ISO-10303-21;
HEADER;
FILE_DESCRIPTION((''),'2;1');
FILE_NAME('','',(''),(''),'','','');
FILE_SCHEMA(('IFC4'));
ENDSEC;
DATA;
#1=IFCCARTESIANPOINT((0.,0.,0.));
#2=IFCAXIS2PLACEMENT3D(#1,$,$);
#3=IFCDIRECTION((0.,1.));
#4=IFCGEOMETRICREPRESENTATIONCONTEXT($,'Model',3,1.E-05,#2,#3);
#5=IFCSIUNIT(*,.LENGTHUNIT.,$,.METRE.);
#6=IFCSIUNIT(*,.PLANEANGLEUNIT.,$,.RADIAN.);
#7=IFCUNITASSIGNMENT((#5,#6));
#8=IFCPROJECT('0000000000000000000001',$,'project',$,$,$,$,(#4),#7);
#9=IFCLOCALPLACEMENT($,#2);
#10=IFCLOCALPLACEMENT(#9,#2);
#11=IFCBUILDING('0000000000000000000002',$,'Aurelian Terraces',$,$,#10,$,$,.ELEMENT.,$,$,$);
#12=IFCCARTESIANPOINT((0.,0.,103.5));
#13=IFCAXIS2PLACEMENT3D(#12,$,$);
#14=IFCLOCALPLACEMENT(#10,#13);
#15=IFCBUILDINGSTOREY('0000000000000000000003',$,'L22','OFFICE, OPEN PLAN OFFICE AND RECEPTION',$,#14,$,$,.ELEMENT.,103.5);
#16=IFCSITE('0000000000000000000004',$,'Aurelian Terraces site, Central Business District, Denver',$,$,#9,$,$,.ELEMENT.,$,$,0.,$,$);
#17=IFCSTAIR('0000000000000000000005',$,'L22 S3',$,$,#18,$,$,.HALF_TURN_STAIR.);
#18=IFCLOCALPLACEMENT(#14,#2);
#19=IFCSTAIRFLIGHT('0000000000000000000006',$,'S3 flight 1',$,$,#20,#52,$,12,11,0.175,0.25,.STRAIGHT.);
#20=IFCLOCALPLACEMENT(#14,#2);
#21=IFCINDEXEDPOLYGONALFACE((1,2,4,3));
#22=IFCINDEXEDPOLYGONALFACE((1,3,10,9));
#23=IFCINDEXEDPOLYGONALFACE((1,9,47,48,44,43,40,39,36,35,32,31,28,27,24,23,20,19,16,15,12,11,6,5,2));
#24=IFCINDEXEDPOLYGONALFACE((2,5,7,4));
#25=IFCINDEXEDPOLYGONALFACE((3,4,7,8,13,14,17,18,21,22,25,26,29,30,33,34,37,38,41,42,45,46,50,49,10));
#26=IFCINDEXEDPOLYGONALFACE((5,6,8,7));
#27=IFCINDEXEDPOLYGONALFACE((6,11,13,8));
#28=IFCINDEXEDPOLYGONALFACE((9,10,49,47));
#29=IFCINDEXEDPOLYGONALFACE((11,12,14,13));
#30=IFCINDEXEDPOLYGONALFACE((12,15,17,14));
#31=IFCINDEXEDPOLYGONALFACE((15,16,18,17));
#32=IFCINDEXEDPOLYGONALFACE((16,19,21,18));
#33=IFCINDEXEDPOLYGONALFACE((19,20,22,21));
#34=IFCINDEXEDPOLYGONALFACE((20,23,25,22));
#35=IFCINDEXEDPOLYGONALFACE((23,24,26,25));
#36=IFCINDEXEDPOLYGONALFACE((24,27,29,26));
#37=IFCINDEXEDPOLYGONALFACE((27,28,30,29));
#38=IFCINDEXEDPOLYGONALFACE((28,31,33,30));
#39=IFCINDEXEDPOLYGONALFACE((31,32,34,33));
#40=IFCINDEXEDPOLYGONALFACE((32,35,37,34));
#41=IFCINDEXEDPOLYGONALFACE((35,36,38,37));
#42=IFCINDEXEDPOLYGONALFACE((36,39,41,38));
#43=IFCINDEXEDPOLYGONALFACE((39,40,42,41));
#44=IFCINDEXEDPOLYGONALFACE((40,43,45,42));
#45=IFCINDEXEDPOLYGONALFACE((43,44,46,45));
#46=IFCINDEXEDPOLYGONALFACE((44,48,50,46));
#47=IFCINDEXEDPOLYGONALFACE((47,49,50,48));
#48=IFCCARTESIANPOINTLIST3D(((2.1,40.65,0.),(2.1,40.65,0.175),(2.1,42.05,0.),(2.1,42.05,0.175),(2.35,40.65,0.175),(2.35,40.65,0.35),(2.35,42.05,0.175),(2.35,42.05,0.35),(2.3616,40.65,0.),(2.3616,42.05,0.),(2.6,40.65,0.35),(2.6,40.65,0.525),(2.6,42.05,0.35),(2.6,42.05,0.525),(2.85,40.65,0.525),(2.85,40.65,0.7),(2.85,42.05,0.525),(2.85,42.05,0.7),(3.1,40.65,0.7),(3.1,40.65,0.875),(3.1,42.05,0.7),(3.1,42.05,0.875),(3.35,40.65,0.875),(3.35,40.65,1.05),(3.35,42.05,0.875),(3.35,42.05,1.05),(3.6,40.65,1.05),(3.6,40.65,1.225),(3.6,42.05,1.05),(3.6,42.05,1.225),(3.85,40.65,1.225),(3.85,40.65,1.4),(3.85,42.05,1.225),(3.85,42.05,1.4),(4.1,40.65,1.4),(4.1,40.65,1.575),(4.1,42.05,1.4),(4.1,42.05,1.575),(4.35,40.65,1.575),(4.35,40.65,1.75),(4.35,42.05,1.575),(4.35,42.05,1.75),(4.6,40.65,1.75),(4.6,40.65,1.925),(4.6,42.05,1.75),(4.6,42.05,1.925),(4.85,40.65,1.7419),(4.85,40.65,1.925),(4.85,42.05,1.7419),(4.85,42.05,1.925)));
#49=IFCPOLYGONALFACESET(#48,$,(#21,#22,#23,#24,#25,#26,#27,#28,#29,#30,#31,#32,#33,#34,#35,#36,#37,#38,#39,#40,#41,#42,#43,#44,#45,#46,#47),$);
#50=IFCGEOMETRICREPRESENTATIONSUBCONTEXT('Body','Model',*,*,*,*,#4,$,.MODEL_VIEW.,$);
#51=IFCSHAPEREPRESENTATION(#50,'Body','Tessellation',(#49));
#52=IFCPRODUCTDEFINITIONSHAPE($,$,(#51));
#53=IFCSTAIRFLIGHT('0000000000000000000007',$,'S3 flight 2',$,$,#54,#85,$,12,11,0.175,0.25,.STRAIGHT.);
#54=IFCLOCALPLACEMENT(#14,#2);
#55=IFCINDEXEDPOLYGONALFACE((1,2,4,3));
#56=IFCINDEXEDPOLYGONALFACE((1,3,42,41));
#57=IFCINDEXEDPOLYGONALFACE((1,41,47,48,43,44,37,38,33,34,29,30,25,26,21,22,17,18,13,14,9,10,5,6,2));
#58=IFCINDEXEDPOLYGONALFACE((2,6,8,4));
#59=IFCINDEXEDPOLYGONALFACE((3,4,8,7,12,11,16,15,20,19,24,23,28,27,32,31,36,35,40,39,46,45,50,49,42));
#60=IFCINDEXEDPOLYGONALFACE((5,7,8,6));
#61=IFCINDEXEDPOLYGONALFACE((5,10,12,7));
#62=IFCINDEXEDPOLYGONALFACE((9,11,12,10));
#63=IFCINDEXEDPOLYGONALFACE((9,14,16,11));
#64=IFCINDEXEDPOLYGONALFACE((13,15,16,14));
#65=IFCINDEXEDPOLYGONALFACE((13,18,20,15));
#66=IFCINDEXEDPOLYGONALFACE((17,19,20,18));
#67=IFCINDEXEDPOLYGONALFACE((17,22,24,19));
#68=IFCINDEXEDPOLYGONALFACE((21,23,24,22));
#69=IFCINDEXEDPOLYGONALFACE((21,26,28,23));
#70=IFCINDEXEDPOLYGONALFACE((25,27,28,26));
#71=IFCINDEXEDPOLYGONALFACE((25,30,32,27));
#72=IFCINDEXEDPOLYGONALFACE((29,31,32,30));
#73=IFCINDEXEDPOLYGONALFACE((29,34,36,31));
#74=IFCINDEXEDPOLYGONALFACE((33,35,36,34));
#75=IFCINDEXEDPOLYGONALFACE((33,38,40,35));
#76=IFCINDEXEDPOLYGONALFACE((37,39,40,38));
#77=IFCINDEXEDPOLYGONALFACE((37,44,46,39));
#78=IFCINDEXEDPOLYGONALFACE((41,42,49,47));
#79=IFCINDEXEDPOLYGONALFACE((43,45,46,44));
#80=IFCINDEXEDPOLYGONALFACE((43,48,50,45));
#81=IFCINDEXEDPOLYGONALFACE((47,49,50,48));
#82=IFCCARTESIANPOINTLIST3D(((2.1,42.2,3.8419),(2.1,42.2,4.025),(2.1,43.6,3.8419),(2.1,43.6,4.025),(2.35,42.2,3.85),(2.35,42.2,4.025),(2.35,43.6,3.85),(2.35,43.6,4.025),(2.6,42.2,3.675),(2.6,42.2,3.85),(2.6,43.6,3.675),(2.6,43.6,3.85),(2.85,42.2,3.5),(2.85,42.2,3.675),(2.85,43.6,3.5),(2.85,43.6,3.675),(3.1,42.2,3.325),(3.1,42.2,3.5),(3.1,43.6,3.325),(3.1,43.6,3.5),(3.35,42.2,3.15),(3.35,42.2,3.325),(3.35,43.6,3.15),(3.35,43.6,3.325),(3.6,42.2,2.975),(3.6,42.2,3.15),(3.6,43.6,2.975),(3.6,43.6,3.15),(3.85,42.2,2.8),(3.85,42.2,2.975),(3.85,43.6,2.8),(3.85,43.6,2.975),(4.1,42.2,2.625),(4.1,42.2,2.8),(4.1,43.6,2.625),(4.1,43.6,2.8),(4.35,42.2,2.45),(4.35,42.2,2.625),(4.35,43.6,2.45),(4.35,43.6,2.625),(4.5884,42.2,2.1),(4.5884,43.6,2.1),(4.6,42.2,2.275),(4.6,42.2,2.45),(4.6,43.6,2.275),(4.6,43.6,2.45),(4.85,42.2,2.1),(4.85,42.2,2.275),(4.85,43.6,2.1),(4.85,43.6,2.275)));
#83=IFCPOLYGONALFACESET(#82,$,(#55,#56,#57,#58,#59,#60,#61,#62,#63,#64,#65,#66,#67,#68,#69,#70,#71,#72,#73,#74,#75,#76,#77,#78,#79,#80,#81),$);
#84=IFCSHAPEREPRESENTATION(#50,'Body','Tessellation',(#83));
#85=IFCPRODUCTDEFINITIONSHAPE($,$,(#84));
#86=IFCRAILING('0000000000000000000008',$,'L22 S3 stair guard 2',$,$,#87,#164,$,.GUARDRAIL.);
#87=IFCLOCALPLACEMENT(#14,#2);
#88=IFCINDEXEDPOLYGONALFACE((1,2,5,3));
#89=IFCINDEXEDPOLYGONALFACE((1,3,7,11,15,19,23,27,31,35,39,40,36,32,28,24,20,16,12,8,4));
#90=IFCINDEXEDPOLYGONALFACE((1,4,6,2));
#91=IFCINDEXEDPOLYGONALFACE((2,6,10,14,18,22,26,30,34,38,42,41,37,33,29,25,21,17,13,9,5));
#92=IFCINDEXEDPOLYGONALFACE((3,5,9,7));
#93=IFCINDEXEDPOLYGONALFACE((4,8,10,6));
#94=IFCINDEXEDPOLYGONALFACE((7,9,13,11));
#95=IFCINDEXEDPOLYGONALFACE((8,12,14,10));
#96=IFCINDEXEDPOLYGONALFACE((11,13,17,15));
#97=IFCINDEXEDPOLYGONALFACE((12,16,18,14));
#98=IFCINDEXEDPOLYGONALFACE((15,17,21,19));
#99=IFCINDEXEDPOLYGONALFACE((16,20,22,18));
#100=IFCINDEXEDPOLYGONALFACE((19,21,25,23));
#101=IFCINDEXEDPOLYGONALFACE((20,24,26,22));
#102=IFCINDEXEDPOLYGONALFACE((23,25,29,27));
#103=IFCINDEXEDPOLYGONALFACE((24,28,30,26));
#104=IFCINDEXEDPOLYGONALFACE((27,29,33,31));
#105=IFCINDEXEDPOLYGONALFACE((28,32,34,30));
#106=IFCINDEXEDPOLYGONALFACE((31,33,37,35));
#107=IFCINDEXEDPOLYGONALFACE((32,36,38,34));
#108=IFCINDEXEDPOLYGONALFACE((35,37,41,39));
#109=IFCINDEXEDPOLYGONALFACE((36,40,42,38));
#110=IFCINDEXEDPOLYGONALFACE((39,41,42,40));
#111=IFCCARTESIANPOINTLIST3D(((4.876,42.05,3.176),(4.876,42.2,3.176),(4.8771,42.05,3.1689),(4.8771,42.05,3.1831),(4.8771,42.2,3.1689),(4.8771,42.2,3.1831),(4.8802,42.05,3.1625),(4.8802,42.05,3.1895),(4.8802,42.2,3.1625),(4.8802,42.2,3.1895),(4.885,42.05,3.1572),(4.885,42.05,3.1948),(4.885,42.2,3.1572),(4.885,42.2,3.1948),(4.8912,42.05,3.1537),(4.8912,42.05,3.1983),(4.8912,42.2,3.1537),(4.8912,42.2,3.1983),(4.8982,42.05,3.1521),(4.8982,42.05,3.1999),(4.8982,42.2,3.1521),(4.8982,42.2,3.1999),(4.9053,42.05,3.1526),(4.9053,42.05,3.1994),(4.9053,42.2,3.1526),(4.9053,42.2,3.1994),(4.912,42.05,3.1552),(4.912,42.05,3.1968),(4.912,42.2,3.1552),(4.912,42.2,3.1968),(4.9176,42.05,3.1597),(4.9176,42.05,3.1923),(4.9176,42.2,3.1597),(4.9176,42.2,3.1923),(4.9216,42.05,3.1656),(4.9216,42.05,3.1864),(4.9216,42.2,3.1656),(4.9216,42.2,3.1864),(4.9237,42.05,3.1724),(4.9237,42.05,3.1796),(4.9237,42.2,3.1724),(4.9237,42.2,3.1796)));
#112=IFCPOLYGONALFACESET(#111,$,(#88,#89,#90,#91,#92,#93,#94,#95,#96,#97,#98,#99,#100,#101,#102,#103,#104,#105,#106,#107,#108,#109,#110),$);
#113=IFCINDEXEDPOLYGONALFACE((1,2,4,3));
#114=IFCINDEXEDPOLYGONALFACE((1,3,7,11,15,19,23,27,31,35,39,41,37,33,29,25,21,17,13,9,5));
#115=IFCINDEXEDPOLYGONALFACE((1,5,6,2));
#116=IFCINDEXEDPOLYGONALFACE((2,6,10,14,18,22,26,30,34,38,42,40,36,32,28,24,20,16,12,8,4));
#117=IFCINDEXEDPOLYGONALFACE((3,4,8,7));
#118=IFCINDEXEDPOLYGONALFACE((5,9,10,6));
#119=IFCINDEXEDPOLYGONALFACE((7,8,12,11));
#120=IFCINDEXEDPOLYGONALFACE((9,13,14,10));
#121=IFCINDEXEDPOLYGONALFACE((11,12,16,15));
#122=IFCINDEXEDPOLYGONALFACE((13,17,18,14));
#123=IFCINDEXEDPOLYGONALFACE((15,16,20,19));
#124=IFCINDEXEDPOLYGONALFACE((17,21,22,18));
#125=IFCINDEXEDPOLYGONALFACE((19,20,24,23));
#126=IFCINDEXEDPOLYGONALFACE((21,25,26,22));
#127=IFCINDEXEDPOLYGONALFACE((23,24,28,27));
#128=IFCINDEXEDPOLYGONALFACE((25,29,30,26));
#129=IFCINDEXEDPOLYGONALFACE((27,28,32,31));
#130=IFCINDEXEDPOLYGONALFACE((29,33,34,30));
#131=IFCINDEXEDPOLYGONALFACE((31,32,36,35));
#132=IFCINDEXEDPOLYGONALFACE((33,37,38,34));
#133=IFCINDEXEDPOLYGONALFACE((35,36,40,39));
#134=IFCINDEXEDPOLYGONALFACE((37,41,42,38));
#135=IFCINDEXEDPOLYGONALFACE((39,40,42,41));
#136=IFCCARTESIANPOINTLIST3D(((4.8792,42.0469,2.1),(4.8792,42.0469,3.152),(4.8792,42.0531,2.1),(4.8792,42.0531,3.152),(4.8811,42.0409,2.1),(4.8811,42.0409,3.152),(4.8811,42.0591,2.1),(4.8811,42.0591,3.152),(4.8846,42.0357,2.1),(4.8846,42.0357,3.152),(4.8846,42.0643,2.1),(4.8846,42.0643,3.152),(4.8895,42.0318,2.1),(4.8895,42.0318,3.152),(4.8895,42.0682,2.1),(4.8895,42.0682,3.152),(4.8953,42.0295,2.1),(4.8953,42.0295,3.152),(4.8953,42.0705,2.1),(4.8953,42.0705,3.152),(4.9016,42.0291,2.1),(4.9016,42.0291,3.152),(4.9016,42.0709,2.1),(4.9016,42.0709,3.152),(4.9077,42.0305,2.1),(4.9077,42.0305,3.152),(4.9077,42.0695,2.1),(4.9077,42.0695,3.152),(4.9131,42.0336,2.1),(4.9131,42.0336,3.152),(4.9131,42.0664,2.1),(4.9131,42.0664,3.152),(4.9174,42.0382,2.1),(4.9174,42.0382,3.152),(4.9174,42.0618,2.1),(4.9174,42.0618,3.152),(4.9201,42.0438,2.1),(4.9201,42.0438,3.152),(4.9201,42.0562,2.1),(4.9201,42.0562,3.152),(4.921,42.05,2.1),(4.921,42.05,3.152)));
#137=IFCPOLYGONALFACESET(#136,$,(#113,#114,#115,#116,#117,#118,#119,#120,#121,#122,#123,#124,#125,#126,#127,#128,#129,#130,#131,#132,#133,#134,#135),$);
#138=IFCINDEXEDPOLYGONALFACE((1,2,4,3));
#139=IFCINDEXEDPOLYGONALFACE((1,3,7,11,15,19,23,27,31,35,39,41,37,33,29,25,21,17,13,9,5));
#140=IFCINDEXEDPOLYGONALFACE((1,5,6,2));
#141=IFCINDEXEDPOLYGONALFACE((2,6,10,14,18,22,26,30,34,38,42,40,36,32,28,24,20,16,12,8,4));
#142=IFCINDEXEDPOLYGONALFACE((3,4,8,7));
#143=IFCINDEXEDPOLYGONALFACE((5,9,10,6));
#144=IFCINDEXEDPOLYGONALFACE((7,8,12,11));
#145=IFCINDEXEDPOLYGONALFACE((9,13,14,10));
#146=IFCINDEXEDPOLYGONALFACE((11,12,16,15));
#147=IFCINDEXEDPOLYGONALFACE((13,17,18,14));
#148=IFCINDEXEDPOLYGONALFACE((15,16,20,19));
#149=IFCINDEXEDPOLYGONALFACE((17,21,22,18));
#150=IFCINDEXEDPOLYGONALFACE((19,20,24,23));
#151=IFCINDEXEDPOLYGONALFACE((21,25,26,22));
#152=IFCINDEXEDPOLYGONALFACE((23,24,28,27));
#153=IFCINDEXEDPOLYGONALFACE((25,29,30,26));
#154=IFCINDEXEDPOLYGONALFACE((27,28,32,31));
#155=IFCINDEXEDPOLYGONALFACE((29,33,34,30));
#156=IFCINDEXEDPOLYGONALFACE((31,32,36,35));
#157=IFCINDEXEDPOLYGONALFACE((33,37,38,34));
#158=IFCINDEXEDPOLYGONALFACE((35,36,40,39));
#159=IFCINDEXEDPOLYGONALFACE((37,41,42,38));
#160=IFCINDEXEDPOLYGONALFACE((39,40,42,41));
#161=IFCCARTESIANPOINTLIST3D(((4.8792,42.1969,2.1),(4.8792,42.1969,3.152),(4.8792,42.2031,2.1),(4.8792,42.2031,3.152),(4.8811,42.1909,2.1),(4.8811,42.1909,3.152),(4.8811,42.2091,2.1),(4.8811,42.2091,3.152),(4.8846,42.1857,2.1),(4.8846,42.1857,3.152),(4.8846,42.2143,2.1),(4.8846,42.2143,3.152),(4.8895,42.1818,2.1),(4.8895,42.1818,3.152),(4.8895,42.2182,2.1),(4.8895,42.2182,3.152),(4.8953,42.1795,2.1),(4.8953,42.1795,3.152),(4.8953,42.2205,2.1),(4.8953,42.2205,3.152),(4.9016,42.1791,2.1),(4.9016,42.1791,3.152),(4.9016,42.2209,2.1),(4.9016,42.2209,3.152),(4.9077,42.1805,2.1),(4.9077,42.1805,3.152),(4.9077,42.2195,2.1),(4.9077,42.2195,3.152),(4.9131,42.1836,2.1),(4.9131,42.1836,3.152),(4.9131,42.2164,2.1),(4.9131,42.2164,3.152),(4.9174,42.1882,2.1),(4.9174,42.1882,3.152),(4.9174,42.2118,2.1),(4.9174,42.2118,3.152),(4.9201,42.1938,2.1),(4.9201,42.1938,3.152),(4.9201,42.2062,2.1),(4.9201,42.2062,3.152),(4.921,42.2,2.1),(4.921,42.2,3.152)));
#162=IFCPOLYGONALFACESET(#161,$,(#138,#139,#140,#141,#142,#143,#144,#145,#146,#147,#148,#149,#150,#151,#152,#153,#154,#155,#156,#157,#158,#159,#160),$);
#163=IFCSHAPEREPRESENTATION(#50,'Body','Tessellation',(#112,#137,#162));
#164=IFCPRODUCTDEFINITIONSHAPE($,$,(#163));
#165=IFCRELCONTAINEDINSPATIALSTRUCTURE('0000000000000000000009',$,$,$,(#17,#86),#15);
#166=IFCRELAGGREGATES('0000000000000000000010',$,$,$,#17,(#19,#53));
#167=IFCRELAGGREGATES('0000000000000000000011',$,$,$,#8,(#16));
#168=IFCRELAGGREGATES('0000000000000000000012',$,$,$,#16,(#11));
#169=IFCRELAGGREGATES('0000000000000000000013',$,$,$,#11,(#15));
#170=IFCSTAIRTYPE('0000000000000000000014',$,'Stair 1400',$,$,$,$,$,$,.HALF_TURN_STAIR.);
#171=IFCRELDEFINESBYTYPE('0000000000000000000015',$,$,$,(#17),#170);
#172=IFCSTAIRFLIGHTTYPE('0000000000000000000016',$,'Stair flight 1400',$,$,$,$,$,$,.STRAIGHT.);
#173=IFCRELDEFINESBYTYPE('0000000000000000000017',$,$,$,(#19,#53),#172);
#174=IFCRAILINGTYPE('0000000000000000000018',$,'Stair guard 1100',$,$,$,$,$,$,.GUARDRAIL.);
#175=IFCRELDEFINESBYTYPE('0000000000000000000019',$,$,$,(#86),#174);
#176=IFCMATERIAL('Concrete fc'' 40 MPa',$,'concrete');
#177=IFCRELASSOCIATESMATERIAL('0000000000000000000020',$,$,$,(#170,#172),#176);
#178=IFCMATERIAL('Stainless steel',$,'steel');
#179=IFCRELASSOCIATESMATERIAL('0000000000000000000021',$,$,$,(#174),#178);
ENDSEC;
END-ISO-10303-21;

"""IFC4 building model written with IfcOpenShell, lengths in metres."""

from ifc_helpers import new_model, si_unit, direction, frame, origin, origin_2d, place, context, subcontext, project, spatial, polyline, circle, outline, extrude, source, transform, mapped, material, type_object, element, aggregate, save


model = new_model("IFC4")

# Units and contexts
model_context = context("Model", 3, precision=1e-05, world=origin(), true_north=direction((0.0, 1.0)))
body_context = subcontext(model_context, "Body", "Model", "MODEL_VIEW")
ifc_project = project(units=[si_unit("LENGTHUNIT", "METRE"), si_unit("PLANEANGLEUNIT", "RADIAN")], contexts=[model_context])

# Site, building, storey
site_placement = place(None, origin())
site = spatial("IfcSite", under=ifc_project, at=site_placement, Name="Aurelian Terraces site, Central Business District, Denver", CompositionType="ELEMENT", RefElevation=0.0)
building_placement = place(site_placement, origin())
building = spatial("IfcBuilding", under=site, at=building_placement, Name="Aurelian Terraces", CompositionType="ELEMENT")
storey_placement = place(building_placement, frame((0.0, 0.0, 103.5)))
storey = spatial("IfcBuildingStorey", under=building, at=storey_placement, Name="L22", Description="OFFICE, OPEN PLAN OFFICE AND RECEPTION", CompositionType="ELEMENT", Elevation=103.5)

# Shared definitions
ifc_material_1 = material(Name="Concrete fc' 40 MPa", Category="concrete")

# Stair, stair flights
stair_type = type_object("IfcStairType", Name="Stair 1400", PredefinedType="HALF_TURN_STAIR", material=ifc_material_1)
stair_placement = place(storey_placement, origin())
stair = element("IfcStair", 1, at=stair_placement, inside=storey, type_object=stair_type, Name="L22 S3", PredefinedType="HALF_TURN_STAIR")
stair_flight_type = type_object("IfcStairFlightType", Name="Stair flight 1400", PredefinedType="STRAIGHT", material=ifc_material_1)
shared_shape_1 = source(origin(), body_context, "Body", "SweptSolid", [
    extrude(outline(polyline([(0.0, 0.0), (0.0, 0.175), (0.25, 0.175), (0.25, 0.35), (0.5, 0.35), (0.5, 0.525), (0.75, 0.525), (0.75, 0.7), (1.0, 0.7), (1.0, 0.875), (1.25, 0.875), (1.25, 1.05), (1.5, 1.05), (1.5, 1.225), (1.75, 1.225), (1.75, 1.4), (2.0, 1.4), (2.0, 1.575), (2.25, 1.575), (2.25, 1.75), (2.5, 1.75), (2.5, 1.925), (2.75, 1.925), (2.75, 2.1), (2.75, 1.7419), (0.2616, 0.0), (0.0, 0.0)])), frame((0.0, 0.7, 0.0), z_axis=(0.0, -1.0, 0.0), x_axis=(1.0, 0.0, 0.0)), (0.0, 0.0, 1.0), 1.4),
])
stair_flight_1_placement = place(storey_placement, frame((2.1, 41.35, 0.0), z_axis=(0.0, 0.0, 1.0), x_axis=(1.0, 0.0, 0.0)))
stair_flight_1 = element("IfcStairFlight", 2, at=stair_flight_1_placement, type_object=stair_flight_type, Name="S3 flight 1", NumberOfRisers=12, NumberOfTreads=11, PredefinedType="STRAIGHT", RiserHeight=0.175, TreadLength=0.25, context=body_context, shape_type="MappedRepresentation", body=[
    mapped(shared_shape_1, transform((0.0, 0.0, 0.0), scale=1.0)),
])
stair_flight_2_placement = place(storey_placement, frame((4.85, 42.9, 2.1), z_axis=(0.0, 0.0, 1.0), x_axis=(-1.0, 0.0, 0.0)))
stair_flight_2 = element("IfcStairFlight", 3, at=stair_flight_2_placement, type_object=stair_flight_type, Name="S3 flight 2", NumberOfRisers=12, NumberOfTreads=11, PredefinedType="STRAIGHT", RiserHeight=0.175, TreadLength=0.25, context=body_context, shape_type="MappedRepresentation", body=[
    mapped(shared_shape_1, transform((0.0, 0.0, 0.0), scale=1.0)),
])
aggregate(stair, [stair_flight_1, stair_flight_2])

# Railing
ifc_material_2 = material(Name="Stainless steel", Category="steel")
railing_type_1 = type_object("IfcRailingType", Name="Stair guard 1100", PredefinedType="GUARDRAIL", material=ifc_material_2)
shared_shape_2 = source(origin(), body_context, "Body", "SweptSolid", [
    extrude(circle(Radius=0.024, at=origin_2d()), frame((0.0, 0.0, 1.076), z_axis=(0.0, 1.0, 0.0), x_axis=(-1.0, 0.0, 0.0)), (0.0, 0.0, 1.0), 0.15),
    extrude(circle(Radius=0.021, at=origin_2d()), origin(), (0.0, 0.0, 1.0), 1.052),
    extrude(circle(Radius=0.021, at=origin_2d()), frame((0.0, 0.15, 0.0)), (0.0, 0.0, 1.0), 1.052),
])
for number, where, name in (
    (4, (4.9, 42.05, 2.1), "L22 S3 stair guard 2"),
):
    element("IfcRailing", number, at=place(storey_placement, frame(where)), inside=storey, type_object=railing_type_1, Name=name, PredefinedType="GUARDRAIL", context=body_context, shape_type="MappedRepresentation", body=[
        mapped(shared_shape_2, transform((0.0, 0.0, 0.0), scale=1.0)),
    ])

save(model, "model.ifc")
